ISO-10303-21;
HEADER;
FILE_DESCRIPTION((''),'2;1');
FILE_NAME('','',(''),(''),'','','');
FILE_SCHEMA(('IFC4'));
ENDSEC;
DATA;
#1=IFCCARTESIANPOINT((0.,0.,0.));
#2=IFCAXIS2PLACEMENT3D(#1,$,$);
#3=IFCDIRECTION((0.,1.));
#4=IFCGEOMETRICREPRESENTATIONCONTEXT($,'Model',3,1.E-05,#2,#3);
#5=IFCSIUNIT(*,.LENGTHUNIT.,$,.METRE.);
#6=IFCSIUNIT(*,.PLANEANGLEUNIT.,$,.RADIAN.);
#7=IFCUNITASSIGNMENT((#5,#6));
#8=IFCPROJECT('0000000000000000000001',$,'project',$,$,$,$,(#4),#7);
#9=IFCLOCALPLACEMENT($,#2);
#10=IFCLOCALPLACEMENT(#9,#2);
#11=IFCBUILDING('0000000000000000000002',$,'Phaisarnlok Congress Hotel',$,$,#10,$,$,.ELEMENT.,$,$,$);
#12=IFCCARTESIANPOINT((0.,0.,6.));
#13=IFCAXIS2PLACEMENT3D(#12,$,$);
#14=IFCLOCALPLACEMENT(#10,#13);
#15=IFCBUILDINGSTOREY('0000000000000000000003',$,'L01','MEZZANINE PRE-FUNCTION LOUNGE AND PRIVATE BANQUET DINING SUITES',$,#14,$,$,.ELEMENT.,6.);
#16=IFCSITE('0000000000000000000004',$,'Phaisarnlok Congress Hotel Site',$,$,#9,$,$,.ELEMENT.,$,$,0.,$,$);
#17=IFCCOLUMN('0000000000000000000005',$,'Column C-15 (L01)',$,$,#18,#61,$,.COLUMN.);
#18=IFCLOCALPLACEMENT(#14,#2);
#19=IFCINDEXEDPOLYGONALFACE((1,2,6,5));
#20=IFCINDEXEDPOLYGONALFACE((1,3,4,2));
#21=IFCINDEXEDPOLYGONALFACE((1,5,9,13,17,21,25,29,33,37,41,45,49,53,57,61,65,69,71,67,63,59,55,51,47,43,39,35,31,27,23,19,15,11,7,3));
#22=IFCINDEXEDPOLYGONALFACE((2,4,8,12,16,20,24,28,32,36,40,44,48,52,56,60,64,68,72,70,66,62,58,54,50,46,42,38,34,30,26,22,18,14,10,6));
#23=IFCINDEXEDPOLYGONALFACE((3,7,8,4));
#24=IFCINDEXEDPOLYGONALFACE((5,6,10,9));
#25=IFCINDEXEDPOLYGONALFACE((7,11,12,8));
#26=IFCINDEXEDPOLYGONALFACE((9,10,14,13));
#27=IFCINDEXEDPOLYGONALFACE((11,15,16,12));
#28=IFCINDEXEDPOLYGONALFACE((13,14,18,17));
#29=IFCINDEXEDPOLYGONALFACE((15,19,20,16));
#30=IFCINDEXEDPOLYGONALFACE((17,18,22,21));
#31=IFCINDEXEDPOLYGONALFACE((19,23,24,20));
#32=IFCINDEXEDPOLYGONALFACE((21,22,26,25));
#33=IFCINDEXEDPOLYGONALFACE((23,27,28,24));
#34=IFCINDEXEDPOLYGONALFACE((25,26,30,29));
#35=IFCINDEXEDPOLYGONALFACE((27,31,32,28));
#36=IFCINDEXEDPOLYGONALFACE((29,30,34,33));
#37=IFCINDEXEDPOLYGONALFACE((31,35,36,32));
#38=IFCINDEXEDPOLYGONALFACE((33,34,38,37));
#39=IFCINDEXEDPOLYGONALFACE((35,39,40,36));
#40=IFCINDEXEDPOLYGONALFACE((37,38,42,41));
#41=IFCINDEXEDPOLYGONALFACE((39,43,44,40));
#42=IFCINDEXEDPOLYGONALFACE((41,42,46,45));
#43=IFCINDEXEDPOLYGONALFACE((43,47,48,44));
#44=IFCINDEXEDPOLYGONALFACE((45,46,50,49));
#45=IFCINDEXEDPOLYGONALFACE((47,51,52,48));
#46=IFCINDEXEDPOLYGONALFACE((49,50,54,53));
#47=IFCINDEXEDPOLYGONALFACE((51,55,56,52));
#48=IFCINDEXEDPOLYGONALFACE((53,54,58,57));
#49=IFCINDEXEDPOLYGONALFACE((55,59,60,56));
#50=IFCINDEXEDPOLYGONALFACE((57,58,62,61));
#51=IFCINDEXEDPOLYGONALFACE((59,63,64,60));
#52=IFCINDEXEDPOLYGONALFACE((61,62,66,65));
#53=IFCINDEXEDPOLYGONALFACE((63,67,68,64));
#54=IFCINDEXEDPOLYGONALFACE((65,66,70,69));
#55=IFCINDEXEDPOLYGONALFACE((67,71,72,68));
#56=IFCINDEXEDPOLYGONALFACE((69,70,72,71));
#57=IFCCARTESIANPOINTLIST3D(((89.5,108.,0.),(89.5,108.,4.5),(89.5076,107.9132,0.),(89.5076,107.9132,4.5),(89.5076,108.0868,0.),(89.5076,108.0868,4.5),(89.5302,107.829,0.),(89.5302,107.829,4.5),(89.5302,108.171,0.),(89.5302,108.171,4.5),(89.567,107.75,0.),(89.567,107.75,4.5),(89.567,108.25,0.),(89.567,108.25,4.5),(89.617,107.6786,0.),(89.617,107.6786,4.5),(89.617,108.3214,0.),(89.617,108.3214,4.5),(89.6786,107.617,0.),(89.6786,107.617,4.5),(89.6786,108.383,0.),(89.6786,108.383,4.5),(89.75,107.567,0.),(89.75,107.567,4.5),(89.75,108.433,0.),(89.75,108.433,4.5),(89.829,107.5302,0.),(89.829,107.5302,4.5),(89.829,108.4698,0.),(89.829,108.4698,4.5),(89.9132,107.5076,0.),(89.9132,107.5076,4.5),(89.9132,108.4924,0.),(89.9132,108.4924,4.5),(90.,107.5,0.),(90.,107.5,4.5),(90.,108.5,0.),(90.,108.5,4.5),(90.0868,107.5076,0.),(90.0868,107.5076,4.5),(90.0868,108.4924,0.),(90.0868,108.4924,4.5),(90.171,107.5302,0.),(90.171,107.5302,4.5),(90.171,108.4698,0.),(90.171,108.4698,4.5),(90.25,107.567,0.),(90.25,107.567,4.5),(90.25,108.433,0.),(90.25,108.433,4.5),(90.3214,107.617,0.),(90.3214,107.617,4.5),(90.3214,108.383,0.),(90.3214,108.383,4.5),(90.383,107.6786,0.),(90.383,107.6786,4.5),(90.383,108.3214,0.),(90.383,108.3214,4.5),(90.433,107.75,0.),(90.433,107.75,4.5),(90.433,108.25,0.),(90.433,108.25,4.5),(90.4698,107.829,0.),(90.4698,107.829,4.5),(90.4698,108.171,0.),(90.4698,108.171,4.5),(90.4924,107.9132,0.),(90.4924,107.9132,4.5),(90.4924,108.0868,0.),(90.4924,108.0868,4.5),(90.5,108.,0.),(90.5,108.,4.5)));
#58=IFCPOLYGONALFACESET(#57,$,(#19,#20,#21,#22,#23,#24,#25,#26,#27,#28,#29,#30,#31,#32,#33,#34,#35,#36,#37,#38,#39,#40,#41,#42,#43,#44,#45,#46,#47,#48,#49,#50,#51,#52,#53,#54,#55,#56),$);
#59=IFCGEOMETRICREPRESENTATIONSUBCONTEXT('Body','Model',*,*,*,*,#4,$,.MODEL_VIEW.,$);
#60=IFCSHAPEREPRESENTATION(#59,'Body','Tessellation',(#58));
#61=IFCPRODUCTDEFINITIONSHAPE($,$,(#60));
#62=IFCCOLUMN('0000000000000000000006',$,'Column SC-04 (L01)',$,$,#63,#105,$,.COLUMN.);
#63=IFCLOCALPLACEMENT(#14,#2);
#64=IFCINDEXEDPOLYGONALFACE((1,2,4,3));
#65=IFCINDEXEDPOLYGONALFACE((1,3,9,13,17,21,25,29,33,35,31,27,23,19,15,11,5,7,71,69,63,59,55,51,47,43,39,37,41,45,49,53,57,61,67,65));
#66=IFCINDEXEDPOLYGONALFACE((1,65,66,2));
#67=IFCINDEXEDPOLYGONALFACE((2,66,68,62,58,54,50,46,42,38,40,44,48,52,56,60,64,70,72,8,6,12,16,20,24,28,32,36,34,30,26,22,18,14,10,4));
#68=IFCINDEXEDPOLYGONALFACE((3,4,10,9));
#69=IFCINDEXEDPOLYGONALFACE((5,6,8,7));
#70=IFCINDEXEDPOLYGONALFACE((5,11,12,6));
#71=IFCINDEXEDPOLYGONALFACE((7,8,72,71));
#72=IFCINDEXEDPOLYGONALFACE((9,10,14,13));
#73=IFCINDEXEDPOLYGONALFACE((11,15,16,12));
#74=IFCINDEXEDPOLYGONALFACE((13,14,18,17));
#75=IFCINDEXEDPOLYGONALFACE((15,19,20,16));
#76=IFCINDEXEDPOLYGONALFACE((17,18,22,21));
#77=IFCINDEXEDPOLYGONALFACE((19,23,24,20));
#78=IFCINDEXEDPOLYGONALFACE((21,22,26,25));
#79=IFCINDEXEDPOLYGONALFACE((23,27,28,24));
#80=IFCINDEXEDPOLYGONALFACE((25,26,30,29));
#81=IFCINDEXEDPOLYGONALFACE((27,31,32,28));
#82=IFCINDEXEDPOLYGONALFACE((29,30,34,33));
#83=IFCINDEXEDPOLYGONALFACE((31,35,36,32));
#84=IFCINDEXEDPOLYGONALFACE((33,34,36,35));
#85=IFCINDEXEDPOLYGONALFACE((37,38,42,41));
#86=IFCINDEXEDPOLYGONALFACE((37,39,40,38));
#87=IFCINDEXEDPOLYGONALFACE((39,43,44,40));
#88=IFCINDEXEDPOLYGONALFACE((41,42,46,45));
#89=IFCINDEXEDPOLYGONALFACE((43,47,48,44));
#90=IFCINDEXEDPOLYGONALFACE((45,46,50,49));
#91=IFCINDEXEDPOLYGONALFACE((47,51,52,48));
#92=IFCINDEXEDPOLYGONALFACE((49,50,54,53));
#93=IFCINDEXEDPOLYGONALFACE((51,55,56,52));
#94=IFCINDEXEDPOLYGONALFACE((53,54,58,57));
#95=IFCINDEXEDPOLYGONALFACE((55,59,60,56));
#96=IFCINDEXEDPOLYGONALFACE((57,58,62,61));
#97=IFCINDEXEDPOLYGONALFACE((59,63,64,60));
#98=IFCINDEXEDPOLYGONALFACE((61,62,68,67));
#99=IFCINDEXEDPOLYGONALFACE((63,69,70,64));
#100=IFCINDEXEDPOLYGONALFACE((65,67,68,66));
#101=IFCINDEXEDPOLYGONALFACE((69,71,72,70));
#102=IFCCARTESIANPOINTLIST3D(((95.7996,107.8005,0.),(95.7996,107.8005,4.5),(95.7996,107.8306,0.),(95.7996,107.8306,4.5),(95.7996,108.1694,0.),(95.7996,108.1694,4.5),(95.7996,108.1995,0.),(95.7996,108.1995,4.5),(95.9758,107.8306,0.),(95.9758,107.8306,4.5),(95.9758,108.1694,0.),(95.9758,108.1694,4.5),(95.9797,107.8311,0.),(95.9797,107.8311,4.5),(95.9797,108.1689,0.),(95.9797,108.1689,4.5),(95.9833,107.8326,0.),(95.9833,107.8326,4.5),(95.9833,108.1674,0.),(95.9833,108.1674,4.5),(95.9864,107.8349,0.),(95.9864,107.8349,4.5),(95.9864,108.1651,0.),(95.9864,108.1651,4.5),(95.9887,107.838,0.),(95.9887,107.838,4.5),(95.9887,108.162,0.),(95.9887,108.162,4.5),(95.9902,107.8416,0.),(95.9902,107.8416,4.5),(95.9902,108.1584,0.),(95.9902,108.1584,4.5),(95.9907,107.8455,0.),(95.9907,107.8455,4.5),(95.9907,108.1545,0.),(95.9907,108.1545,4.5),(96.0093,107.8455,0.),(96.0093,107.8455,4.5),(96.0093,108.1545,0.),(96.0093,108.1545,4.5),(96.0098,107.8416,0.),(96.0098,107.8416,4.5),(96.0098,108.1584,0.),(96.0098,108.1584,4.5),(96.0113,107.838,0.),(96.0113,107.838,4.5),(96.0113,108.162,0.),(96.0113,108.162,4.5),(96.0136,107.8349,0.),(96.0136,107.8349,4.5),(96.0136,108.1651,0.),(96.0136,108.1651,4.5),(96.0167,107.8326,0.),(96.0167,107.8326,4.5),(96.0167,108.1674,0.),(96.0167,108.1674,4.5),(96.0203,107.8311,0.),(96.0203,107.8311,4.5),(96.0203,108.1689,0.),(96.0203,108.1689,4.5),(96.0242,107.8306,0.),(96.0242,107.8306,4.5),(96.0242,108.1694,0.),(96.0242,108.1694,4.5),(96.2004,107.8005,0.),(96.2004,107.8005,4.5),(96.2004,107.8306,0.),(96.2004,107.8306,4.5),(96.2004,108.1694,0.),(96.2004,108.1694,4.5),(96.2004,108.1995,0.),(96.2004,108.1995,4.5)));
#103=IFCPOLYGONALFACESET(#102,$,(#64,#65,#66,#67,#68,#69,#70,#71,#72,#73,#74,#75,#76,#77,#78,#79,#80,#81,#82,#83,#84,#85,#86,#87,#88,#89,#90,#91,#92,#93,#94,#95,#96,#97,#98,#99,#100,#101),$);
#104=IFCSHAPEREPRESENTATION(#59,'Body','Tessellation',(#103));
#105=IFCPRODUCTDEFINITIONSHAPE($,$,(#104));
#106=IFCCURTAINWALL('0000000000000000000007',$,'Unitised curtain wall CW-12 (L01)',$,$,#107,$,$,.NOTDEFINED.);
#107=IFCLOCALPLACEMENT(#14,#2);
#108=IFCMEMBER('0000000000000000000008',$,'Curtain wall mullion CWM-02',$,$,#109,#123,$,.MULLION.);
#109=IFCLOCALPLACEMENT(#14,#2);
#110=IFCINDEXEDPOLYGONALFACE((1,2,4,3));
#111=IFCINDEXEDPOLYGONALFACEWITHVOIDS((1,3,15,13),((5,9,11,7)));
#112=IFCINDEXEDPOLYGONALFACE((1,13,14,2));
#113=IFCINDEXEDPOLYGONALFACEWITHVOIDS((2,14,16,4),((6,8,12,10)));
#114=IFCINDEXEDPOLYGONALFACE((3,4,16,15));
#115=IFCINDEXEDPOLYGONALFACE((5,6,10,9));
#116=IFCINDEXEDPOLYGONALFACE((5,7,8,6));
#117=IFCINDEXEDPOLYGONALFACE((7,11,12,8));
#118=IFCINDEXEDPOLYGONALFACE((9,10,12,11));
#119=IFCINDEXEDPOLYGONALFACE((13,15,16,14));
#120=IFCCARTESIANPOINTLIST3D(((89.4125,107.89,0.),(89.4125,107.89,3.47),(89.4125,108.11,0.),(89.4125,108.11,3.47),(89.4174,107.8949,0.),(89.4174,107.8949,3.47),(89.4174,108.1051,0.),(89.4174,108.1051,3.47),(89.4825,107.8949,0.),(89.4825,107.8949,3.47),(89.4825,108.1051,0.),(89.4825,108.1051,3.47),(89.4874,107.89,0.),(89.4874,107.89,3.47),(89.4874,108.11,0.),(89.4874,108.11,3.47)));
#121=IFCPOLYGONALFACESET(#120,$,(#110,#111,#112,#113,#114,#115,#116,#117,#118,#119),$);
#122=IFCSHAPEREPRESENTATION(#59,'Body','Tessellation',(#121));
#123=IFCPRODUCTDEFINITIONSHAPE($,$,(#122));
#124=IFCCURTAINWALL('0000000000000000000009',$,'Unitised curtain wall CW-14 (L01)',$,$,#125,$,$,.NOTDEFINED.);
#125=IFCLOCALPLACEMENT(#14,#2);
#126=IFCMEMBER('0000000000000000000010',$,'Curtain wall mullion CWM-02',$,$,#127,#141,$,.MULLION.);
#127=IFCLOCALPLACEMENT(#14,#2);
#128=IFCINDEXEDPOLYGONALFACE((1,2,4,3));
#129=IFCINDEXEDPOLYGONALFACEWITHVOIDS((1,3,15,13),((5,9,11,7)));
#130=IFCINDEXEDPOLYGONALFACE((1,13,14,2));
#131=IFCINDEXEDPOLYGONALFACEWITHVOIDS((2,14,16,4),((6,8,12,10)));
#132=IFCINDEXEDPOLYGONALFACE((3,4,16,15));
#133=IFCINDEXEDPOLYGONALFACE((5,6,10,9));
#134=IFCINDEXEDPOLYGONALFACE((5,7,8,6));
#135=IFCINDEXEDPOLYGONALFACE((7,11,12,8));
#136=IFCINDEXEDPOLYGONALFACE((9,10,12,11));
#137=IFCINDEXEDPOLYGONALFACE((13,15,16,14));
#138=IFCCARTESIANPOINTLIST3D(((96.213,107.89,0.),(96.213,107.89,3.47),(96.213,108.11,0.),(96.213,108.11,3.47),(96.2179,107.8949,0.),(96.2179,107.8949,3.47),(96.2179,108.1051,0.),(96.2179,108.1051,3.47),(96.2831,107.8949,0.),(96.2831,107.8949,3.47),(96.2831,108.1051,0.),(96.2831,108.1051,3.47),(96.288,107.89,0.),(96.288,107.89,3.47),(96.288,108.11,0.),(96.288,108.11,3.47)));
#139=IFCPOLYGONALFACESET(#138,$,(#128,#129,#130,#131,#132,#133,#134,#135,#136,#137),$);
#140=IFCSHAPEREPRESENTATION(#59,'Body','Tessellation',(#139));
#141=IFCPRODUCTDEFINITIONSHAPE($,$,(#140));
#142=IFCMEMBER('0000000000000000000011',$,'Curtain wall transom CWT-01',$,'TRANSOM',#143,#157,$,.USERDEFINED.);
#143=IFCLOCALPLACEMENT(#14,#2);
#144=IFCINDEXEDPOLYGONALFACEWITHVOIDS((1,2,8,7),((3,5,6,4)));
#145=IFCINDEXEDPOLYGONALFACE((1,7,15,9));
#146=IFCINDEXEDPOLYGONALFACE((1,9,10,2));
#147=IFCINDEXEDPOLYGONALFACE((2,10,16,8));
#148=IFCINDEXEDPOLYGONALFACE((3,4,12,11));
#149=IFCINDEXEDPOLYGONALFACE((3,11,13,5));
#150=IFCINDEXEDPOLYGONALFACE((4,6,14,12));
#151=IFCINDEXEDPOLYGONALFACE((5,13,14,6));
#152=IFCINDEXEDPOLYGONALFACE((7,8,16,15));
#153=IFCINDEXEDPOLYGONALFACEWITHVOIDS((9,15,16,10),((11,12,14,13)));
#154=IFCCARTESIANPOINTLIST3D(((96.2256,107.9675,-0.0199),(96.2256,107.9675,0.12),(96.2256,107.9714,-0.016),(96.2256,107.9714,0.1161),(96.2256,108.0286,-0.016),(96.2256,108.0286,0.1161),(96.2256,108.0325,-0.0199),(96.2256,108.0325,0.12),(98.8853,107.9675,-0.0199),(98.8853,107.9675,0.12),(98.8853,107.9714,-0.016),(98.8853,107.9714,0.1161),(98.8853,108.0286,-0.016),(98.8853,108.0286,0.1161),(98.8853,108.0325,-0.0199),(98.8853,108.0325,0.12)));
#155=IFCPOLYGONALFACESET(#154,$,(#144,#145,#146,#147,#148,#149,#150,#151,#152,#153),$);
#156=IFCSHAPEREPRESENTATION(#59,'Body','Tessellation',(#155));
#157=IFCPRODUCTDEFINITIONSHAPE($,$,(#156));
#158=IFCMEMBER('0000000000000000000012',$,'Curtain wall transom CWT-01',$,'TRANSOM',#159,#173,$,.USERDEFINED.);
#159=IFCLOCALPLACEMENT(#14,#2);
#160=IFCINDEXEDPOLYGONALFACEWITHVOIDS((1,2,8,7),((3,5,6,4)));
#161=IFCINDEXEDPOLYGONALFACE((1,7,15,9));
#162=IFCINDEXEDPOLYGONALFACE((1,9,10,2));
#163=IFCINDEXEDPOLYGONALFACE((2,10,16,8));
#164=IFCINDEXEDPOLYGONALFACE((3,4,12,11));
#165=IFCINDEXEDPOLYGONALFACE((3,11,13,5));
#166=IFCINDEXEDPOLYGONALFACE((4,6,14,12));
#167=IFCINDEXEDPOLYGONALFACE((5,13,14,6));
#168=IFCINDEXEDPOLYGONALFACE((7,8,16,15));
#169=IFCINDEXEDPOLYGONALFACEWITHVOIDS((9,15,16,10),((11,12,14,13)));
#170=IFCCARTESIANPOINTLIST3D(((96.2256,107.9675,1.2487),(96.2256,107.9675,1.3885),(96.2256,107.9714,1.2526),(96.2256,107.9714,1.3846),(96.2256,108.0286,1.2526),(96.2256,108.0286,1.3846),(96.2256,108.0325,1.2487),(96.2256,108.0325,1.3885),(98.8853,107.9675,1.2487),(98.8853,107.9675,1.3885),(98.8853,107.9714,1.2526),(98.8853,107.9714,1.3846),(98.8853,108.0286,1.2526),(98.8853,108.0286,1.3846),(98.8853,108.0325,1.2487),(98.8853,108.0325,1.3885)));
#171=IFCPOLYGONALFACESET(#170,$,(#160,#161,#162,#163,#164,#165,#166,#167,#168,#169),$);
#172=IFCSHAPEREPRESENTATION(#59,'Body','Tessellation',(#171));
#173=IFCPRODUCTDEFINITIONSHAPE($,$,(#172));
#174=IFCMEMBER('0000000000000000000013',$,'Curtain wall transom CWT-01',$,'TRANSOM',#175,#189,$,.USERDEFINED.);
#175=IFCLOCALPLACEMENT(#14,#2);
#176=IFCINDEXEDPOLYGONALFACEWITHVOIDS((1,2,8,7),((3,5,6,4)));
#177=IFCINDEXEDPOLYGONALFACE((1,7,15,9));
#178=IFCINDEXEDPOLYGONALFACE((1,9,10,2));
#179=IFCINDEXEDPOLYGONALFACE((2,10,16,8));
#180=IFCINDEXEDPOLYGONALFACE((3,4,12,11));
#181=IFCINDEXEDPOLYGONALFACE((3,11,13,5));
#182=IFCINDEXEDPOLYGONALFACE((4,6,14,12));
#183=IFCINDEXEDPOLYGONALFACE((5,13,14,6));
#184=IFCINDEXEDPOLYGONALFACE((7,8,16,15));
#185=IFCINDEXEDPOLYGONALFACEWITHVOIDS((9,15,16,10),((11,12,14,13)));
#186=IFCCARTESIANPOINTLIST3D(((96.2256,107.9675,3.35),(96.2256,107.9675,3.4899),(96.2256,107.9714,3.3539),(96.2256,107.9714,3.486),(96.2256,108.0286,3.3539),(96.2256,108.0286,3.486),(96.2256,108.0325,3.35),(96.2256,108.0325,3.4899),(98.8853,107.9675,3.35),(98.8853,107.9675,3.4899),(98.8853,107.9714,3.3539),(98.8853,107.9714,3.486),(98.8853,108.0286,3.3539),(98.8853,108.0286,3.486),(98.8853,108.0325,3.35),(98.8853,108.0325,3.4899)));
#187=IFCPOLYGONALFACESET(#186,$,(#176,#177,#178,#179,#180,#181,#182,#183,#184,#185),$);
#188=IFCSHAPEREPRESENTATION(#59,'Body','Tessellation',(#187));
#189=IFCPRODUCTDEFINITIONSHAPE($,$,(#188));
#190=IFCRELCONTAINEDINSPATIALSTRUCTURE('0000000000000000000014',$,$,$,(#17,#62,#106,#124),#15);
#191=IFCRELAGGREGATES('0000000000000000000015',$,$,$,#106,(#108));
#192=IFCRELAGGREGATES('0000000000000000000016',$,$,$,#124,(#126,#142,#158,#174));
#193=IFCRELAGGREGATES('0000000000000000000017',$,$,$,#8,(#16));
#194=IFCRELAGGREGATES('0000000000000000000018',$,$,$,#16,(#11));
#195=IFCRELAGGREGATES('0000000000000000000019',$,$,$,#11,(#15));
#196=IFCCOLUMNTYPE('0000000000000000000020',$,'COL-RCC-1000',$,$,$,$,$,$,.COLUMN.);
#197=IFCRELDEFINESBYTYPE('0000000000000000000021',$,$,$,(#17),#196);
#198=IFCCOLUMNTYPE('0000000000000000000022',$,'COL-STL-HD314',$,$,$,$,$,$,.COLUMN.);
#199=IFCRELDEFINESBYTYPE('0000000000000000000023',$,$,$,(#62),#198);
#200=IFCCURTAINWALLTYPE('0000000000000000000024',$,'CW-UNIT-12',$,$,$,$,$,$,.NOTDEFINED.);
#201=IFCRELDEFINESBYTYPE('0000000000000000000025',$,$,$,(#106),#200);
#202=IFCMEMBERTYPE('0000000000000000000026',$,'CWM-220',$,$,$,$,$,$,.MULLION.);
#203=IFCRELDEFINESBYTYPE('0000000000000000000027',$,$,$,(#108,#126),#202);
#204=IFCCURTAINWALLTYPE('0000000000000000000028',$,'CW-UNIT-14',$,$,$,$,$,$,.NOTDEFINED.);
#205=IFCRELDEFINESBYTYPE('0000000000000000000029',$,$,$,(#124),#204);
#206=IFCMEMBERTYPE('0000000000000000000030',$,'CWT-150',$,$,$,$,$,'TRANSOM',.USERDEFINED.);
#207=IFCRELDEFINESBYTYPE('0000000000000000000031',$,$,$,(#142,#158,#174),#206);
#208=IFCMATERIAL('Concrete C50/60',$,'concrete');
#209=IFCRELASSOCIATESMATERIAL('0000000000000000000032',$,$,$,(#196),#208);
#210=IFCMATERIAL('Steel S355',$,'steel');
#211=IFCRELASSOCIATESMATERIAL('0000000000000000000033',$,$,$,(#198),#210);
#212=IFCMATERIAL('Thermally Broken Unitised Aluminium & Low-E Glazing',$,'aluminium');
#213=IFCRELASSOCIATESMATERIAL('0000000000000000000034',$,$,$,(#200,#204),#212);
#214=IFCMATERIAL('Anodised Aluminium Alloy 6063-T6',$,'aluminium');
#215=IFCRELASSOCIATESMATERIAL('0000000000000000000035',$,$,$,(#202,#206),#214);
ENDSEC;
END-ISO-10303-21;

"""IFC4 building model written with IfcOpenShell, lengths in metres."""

from ifc_helpers import new_model, si_unit, direction, frame, origin, origin_2d, place, context, subcontext, project, spatial, hollow_rectangle, circle, i_section, extrude, material, material_profile, profile_set, type_object, element, aggregate, save


model = new_model("IFC4")

# Units and contexts
model_context = context("Model", 3, precision=1e-05, world=origin(), true_north=direction((0.0, 1.0)))
body_context = subcontext(model_context, "Body", "Model", "MODEL_VIEW")
ifc_project = project(units=[si_unit("LENGTHUNIT", "METRE"), si_unit("PLANEANGLEUNIT", "RADIAN")], contexts=[model_context])

# Site, building, storey
site_placement = place(None, origin())
site = spatial("IfcSite", under=ifc_project, at=site_placement, Name="Phaisarnlok Congress Hotel Site", CompositionType="ELEMENT", RefElevation=0.0)
building_placement = place(site_placement, origin())
building = spatial("IfcBuilding", under=site, at=building_placement, Name="Phaisarnlok Congress Hotel", CompositionType="ELEMENT")
storey_placement = place(building_placement, frame((0.0, 0.0, 6.0)))
storey = spatial("IfcBuildingStorey", under=building, at=storey_placement, Name="L01", Description="MEZZANINE PRE-FUNCTION LOUNGE AND PRIVATE BANQUET DINING SUITES", CompositionType="ELEMENT", Elevation=6.0)

# Columns
ifc_material_1 = material(Name="Concrete C50/60", Category="concrete")
ifc_material_profile_1 = material_profile(ifc_material_1, circle(Radius=0.5, at=origin_2d()), Name="RCC D1000")
ifc_profile_set_1 = profile_set([ifc_material_profile_1], Name="Concrete C50/60")
column_type_1 = type_object("IfcColumnType", Name="COL-RCC-1000", PredefinedType="COLUMN", material=ifc_profile_set_1)
column_1_placement = place(storey_placement, frame((90.0, 108.0, 0.0), z_axis=(0.0, 0.0, 1.0), x_axis=(1.0, 0.0, 0.0)))
element("IfcColumn", 1, at=column_1_placement, inside=storey, type_object=column_type_1, Name="Column C-15 (L01)", PredefinedType="COLUMN", context=body_context, shape_type="SweptSolid", body=[
    extrude(circle(Radius=0.5, at=origin_2d()), origin(), (0.0, 0.0, 1.0), 4.5),
])
ifc_material_2 = material(Name="Steel S355", Category="steel")
ifc_material_profile_2 = material_profile(ifc_material_2, i_section(OverallWidth=0.4009, OverallDepth=0.3989, WebThickness=0.0186, FlangeThickness=0.03, FilletRadius=0.0149, at=origin_2d()), Name="HD 400x314")
ifc_profile_set_2 = profile_set([ifc_material_profile_2], Name="Steel S355")
column_type_2 = type_object("IfcColumnType", Name="COL-STL-HD314", PredefinedType="COLUMN", material=ifc_profile_set_2)
column_2_placement = place(storey_placement, frame((96.0, 108.0, 0.0), z_axis=(0.0, 0.0, 1.0), x_axis=(1.0, 0.0, 0.0)))
element("IfcColumn", 2, at=column_2_placement, inside=storey, type_object=column_type_2, Name="Column SC-04 (L01)", PredefinedType="COLUMN", context=body_context, shape_type="SweptSolid", body=[
    extrude(i_section(OverallWidth=0.4009, OverallDepth=0.3989, WebThickness=0.0186, FlangeThickness=0.03, FilletRadius=0.0149, at=origin_2d()), origin(), (0.0, 0.0, 1.0), 4.5),
])

# Curtain wall, member
ifc_material_3 = material(Name="Thermally Broken Unitised Aluminium & Low-E Glazing", Category="aluminium")
curtain_wall_type_1 = type_object("IfcCurtainWallType", Name="CW-UNIT-12", PredefinedType="NOTDEFINED", material=ifc_material_3)
curtain_wall_1_placement = place(storey_placement, origin())
curtain_wall_1 = element("IfcCurtainWall", 3, at=curtain_wall_1_placement, inside=storey, type_object=curtain_wall_type_1, Name="Unitised curtain wall CW-12 (L01)", PredefinedType="NOTDEFINED")
ifc_material_4 = material(Name="Anodised Aluminium Alloy 6063-T6", Category="aluminium")
ifc_material_profile_3 = material_profile(ifc_material_4, hollow_rectangle(XDim=0.075, YDim=0.22, WallThickness=0.0049, at=origin_2d()), Name="ALU-M 75x220x5")
ifc_profile_set_3 = profile_set([ifc_material_profile_3], Name="Anodised Aluminium Alloy 6063-T6")
member_type_1 = type_object("IfcMemberType", Name="CWM-220", PredefinedType="MULLION", material=ifc_profile_set_3)
member_1_placement = place(storey_placement, frame((89.45, 108.0, 0.0), z_axis=(0.0, 0.0, 1.0), x_axis=(1.0, 0.0, 0.0)))
member_1 = element("IfcMember", 4, at=member_1_placement, type_object=member_type_1, Name="Curtain wall mullion CWM-02", PredefinedType="MULLION", context=body_context, shape_type="SweptSolid", body=[
    extrude(hollow_rectangle(XDim=0.075, YDim=0.22, WallThickness=0.0049, at=origin_2d()), origin(), (0.0, 0.0, 1.0), 3.47),
])
aggregate(curtain_wall_1, [member_1])

# Curtain wall, members
curtain_wall_type_2 = type_object("IfcCurtainWallType", Name="CW-UNIT-14", PredefinedType="NOTDEFINED", material=ifc_material_3)
curtain_wall_2_placement = place(storey_placement, origin())
curtain_wall_2 = element("IfcCurtainWall", 5, at=curtain_wall_2_placement, inside=storey, type_object=curtain_wall_type_2, Name="Unitised curtain wall CW-14 (L01)", PredefinedType="NOTDEFINED")
member_2_placement = place(storey_placement, frame((96.2505, 108.0, 0.0), z_axis=(0.0, 0.0, 1.0), x_axis=(1.0, 0.0, 0.0)))
member_2 = element("IfcMember", 6, at=member_2_placement, type_object=member_type_1, Name="Curtain wall mullion CWM-02", PredefinedType="MULLION", context=body_context, shape_type="SweptSolid", body=[
    extrude(hollow_rectangle(XDim=0.075, YDim=0.22, WallThickness=0.0049, at=origin_2d()), origin(), (0.0, 0.0, 1.0), 3.47),
])
ifc_material_profile_4 = material_profile(ifc_material_4, hollow_rectangle(XDim=0.0649, YDim=0.1399, WallThickness=0.0039, at=origin_2d()), Name="ALU-T 65x140x4")
ifc_profile_set_4 = profile_set([ifc_material_profile_4], Name="Anodised Aluminium Alloy 6063-T6")
member_type_2 = type_object("IfcMemberType", Name="CWT-150", ElementType="TRANSOM", PredefinedType="USERDEFINED", material=ifc_profile_set_4)
member_3_placement = place(storey_placement, frame((96.2256, 108.0, 0.05), z_axis=(1.0, 0.0, 0.0), x_axis=(0.0, 1.0, 0.0)))
member_3 = element("IfcMember", 7, at=member_3_placement, type_object=member_type_2, Name="Curtain wall transom CWT-01", ObjectType="TRANSOM", PredefinedType="USERDEFINED", context=body_context, shape_type="SweptSolid", body=[
    extrude(hollow_rectangle(XDim=0.0649, YDim=0.1399, WallThickness=0.0039, at=origin_2d()), origin(), (0.0, 0.0, 1.0), 2.6597),
])
member_4_placement = place(storey_placement, frame((96.2256, 108.0, 1.3186), z_axis=(1.0, 0.0, 0.0), x_axis=(0.0, 1.0, 0.0)))
member_4 = element("IfcMember", 8, at=member_4_placement, type_object=member_type_2, Name="Curtain wall transom CWT-01", ObjectType="TRANSOM", PredefinedType="USERDEFINED", context=body_context, shape_type="SweptSolid", body=[
    extrude(hollow_rectangle(XDim=0.0649, YDim=0.1399, WallThickness=0.0039, at=origin_2d()), origin(), (0.0, 0.0, 1.0), 2.6597),
])
member_5_placement = place(storey_placement, frame((96.2256, 108.0, 3.4199), z_axis=(1.0, 0.0, 0.0), x_axis=(0.0, 1.0, 0.0)))
member_5 = element("IfcMember", 9, at=member_5_placement, type_object=member_type_2, Name="Curtain wall transom CWT-01", ObjectType="TRANSOM", PredefinedType="USERDEFINED", context=body_context, shape_type="SweptSolid", body=[
    extrude(hollow_rectangle(XDim=0.0649, YDim=0.1399, WallThickness=0.0039, at=origin_2d()), origin(), (0.0, 0.0, 1.0), 2.6597),
])

aggregate(curtain_wall_2, [member_2, member_3, member_4, member_5])

save(model, "model.ifc")
